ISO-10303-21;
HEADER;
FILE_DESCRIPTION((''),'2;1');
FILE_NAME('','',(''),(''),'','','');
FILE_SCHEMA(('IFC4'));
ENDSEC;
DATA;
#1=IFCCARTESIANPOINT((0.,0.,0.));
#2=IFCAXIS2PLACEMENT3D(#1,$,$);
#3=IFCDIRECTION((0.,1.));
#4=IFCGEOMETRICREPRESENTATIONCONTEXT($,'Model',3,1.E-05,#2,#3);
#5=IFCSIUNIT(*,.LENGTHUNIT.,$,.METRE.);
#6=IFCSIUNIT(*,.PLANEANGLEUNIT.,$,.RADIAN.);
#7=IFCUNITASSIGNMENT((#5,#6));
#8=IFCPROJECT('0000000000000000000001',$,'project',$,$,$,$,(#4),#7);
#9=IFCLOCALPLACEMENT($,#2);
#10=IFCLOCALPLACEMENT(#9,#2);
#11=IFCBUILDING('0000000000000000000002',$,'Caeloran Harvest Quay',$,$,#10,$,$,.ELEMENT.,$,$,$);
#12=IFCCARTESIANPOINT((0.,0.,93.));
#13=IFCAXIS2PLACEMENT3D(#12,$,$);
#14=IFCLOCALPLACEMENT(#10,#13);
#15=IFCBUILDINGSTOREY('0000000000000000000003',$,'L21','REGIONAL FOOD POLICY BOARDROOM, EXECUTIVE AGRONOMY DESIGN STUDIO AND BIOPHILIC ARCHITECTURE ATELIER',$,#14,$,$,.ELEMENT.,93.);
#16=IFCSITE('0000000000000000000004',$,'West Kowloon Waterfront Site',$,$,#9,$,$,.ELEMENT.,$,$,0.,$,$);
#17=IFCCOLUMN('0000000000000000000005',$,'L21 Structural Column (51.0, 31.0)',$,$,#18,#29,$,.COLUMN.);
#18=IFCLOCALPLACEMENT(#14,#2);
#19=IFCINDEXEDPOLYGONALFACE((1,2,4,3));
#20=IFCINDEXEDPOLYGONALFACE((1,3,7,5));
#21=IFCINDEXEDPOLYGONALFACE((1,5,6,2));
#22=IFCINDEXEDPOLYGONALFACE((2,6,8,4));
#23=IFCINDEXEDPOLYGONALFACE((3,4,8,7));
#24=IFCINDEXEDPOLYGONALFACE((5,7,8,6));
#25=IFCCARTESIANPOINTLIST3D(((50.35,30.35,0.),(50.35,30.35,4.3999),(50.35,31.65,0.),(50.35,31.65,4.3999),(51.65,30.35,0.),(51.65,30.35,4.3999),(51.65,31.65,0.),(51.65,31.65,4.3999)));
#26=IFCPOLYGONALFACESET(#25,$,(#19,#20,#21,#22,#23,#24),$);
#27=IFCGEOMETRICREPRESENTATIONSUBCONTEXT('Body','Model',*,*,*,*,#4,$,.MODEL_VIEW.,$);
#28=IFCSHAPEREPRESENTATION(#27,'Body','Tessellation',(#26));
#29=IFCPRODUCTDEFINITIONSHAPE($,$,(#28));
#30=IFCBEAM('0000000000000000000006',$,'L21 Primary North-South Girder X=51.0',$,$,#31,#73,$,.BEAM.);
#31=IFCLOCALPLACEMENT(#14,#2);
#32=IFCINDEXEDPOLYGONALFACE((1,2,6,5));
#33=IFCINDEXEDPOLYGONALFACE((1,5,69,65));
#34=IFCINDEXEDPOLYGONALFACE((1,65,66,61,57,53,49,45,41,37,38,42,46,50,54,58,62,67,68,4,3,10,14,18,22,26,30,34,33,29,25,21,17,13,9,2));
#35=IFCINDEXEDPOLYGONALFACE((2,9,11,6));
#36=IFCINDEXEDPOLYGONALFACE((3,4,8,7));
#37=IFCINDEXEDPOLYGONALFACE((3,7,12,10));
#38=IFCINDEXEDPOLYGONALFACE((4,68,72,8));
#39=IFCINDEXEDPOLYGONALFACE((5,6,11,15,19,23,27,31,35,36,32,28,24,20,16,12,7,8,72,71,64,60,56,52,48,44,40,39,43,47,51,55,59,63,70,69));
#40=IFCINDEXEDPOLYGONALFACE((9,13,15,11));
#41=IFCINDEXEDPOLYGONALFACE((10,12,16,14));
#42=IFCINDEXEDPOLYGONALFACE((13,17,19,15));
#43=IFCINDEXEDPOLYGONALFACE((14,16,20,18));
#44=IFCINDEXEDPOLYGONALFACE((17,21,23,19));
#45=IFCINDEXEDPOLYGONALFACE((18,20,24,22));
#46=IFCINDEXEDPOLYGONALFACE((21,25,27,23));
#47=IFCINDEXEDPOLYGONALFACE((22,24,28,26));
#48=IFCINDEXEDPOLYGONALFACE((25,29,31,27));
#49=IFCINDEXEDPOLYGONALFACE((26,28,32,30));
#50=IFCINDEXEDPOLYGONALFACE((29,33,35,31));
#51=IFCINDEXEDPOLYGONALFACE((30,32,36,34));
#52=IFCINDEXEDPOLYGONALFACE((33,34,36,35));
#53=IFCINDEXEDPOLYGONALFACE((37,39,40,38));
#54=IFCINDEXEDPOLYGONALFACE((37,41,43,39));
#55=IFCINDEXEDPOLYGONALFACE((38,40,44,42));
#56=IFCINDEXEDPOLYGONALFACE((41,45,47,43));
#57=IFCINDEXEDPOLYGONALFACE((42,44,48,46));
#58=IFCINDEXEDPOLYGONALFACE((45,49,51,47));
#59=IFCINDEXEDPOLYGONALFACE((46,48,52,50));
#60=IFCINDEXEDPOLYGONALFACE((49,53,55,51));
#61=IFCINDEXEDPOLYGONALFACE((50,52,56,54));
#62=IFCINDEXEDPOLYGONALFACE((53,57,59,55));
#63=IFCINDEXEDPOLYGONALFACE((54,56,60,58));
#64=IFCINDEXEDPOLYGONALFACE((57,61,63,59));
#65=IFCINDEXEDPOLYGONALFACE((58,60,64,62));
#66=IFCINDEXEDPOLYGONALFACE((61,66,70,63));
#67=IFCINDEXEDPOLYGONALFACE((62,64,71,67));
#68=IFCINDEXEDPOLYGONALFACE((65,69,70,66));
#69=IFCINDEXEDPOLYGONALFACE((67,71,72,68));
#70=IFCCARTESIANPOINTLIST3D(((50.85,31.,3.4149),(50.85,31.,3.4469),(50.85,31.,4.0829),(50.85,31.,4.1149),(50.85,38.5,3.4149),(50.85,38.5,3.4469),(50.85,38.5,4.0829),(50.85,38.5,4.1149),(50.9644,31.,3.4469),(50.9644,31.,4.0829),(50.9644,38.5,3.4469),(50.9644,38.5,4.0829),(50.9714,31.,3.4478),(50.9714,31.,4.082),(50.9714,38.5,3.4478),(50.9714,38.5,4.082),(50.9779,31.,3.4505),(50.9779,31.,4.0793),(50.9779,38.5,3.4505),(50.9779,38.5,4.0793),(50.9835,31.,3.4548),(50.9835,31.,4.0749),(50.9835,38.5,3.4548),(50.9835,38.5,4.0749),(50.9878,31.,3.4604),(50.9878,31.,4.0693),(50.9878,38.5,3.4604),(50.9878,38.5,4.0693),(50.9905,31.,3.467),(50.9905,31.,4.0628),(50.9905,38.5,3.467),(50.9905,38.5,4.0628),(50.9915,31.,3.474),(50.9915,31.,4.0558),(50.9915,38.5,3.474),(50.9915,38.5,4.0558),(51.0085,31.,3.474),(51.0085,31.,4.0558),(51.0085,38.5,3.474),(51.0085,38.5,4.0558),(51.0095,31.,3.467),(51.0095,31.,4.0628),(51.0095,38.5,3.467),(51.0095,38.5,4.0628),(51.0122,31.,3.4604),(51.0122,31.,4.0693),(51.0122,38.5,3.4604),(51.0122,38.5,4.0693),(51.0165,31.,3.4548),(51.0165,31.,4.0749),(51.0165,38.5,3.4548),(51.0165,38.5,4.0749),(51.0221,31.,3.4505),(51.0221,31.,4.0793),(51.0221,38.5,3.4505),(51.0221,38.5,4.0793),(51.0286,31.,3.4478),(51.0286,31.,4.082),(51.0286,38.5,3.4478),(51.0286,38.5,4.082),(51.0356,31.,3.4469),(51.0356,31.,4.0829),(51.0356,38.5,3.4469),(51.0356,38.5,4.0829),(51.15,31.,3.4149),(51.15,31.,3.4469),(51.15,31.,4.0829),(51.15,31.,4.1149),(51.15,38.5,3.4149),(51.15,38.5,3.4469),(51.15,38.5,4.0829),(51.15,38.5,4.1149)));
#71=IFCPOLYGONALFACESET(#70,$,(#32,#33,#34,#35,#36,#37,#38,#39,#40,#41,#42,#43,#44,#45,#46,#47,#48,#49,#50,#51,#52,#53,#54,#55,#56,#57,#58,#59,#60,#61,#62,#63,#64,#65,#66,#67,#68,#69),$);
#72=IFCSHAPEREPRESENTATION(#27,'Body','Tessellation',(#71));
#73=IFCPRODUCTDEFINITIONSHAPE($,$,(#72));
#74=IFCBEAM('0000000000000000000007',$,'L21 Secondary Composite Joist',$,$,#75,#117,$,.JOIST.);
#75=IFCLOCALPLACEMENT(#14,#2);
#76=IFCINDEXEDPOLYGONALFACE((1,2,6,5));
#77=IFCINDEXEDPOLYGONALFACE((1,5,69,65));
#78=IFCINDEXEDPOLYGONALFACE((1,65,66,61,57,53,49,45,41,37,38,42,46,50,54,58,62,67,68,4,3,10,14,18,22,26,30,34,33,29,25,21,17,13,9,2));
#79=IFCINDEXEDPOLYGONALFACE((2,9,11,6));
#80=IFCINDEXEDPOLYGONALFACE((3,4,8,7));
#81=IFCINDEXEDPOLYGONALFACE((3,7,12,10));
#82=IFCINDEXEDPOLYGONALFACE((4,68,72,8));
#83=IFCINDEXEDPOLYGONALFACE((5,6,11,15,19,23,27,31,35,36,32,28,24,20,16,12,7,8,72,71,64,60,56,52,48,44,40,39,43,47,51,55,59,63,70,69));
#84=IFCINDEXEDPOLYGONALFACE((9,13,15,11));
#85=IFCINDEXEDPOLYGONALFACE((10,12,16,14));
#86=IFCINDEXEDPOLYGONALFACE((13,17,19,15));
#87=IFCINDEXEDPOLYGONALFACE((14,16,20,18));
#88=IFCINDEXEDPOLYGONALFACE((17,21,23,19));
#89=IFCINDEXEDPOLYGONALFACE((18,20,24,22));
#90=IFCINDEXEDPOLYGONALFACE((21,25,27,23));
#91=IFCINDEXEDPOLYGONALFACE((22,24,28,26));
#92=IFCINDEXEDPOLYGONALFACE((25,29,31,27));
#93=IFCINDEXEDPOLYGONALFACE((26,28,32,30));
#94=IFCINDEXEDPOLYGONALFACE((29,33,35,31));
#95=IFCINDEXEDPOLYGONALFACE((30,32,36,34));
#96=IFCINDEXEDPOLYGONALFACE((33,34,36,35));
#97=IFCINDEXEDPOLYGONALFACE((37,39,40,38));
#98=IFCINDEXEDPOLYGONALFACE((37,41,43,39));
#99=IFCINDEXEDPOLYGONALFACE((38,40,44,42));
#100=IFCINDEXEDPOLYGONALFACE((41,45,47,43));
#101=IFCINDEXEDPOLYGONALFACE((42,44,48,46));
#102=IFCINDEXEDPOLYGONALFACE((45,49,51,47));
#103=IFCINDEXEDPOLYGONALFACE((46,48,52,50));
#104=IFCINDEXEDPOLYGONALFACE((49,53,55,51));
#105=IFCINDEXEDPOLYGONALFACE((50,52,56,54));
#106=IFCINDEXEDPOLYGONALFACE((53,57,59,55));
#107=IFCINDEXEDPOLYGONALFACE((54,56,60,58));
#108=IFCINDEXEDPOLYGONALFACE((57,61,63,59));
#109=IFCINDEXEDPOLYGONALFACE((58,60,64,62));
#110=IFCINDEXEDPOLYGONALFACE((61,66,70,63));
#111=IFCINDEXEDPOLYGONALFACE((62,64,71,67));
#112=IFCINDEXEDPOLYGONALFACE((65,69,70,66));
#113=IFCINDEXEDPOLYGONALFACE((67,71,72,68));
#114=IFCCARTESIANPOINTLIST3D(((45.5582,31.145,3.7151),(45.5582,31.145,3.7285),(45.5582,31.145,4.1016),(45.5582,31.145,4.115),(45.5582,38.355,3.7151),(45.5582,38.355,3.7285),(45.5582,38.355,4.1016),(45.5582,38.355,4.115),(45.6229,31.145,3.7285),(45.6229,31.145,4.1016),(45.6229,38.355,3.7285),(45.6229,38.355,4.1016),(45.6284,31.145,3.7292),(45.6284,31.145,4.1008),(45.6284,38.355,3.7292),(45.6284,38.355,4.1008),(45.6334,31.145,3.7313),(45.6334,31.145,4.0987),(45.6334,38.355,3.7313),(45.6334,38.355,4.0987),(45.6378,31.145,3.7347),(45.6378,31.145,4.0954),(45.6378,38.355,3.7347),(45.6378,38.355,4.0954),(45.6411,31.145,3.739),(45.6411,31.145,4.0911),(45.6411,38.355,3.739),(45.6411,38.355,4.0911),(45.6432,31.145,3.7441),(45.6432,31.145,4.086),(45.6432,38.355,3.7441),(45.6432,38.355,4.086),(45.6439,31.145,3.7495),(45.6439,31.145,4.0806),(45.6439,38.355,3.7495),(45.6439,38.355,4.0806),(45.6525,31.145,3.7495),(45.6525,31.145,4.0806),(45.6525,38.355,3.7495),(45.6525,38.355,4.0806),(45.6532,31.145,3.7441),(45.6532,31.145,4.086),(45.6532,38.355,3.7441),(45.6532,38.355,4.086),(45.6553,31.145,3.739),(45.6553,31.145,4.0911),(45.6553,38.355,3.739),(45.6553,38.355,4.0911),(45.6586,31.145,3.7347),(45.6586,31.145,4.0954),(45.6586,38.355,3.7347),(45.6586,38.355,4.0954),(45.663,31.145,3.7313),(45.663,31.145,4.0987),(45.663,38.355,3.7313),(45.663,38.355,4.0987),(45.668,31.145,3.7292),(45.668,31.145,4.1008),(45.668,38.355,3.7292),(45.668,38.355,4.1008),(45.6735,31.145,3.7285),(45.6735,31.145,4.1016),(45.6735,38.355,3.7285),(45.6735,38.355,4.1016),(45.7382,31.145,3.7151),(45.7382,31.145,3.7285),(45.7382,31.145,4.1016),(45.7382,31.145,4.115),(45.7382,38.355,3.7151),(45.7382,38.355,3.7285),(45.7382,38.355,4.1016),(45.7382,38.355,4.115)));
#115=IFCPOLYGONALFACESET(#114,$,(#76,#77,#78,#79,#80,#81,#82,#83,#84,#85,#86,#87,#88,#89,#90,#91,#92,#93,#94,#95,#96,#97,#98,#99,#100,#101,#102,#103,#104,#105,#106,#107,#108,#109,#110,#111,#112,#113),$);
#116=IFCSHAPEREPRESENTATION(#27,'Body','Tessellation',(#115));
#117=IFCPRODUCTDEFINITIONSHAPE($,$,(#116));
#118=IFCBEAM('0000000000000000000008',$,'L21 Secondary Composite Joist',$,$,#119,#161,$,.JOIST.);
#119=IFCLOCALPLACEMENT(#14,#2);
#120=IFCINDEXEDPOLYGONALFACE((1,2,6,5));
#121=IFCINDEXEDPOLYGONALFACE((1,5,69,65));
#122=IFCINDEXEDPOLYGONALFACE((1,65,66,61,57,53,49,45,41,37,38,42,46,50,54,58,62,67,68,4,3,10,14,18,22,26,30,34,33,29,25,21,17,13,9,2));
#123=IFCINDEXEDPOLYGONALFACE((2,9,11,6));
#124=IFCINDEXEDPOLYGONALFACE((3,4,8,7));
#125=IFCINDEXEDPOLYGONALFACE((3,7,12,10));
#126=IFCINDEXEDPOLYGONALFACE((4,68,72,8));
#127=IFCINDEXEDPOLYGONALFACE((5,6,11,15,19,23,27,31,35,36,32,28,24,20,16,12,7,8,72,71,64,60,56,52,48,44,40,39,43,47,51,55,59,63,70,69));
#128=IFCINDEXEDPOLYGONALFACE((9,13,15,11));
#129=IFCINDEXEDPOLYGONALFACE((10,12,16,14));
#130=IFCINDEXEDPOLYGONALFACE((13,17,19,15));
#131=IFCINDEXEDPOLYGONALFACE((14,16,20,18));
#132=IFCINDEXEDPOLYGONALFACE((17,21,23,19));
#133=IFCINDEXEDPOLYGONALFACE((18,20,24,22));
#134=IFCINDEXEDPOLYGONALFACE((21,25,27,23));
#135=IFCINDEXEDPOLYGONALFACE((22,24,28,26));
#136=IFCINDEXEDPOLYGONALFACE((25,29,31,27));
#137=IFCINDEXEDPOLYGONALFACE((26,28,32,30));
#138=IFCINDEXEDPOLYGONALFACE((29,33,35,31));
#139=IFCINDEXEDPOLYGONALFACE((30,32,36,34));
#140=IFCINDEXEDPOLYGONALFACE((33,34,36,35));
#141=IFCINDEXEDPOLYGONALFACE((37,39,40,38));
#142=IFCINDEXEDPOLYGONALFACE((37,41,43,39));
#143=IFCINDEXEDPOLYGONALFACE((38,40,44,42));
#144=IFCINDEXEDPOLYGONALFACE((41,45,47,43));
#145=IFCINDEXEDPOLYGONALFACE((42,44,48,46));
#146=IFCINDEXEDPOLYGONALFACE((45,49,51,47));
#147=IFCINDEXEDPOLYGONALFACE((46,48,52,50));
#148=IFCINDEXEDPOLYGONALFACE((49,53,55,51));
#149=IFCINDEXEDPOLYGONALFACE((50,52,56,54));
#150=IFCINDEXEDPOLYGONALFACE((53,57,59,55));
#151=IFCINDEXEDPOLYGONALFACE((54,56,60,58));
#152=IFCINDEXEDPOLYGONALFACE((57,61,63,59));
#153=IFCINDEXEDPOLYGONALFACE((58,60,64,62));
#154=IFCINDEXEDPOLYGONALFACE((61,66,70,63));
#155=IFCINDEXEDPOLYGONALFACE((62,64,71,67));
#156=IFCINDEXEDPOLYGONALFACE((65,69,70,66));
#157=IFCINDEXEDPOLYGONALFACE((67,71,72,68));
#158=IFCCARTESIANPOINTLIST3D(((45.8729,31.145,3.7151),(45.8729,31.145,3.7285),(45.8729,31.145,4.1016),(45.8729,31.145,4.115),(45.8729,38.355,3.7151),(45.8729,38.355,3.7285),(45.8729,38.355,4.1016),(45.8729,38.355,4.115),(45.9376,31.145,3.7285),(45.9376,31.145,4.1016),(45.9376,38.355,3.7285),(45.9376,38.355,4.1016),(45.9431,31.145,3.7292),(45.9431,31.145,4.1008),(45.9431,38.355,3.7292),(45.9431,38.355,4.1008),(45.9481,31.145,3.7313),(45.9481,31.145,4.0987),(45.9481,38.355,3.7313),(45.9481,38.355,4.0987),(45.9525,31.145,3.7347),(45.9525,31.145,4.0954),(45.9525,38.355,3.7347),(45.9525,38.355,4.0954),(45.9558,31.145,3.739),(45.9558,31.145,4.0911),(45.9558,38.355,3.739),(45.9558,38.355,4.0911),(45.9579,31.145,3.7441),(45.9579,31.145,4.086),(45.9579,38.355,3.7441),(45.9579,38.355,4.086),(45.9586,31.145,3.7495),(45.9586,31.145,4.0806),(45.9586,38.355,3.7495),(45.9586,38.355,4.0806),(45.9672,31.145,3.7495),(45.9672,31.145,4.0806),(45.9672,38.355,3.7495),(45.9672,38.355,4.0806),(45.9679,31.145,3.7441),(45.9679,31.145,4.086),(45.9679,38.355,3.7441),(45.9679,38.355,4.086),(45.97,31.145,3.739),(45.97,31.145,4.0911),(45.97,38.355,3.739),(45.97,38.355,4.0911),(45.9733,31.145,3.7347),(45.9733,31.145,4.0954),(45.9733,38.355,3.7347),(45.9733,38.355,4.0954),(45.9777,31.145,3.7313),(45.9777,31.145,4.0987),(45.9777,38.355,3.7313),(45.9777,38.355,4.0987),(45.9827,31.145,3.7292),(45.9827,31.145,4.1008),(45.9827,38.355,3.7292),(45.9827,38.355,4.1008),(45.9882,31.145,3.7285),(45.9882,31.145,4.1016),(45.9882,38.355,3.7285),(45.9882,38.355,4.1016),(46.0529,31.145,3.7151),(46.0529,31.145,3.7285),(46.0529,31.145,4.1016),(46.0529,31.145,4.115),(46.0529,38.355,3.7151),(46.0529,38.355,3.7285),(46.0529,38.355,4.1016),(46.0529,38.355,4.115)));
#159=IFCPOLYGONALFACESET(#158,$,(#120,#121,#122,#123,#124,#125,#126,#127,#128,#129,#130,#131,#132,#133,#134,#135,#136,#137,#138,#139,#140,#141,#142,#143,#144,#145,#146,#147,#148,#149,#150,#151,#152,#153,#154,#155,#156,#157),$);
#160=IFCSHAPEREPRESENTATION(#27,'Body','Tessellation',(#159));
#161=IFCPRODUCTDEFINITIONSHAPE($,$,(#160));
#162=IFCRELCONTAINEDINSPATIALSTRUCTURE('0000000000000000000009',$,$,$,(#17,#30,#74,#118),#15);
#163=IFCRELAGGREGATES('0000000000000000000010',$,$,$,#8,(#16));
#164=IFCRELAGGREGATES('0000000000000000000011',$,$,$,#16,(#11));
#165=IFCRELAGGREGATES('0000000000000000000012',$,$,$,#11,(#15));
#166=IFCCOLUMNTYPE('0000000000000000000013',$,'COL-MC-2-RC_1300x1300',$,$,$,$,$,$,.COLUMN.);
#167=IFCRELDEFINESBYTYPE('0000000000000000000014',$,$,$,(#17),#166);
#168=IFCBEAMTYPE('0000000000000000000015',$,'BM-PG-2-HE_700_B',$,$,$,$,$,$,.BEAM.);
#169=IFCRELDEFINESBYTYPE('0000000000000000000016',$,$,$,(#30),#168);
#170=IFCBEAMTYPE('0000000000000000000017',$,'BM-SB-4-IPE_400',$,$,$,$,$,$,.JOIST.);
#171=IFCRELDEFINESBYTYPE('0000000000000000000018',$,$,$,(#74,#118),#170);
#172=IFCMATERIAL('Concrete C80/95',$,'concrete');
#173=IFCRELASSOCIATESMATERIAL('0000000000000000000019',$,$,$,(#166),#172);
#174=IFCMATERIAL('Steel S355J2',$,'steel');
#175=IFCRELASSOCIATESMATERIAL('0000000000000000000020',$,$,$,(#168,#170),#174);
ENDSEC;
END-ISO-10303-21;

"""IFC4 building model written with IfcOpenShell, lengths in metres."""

from ifc_helpers import new_model, si_unit, direction, frame, origin, origin_2d, place, context, subcontext, project, spatial, rectangle, i_section, extrude, material, material_profile, profile_set, type_object, element, save


model = new_model("IFC4")

# Units and contexts
model_context = context("Model", 3, precision=1e-05, world=origin(), true_north=direction((0.0, 1.0)))
body_context = subcontext(model_context, "Body", "Model", "MODEL_VIEW")
ifc_project = project(units=[si_unit("LENGTHUNIT", "METRE"), si_unit("PLANEANGLEUNIT", "RADIAN")], contexts=[model_context])

# Site, building, storey
site_placement = place(None, origin())
site = spatial("IfcSite", under=ifc_project, at=site_placement, Name="West Kowloon Waterfront Site", CompositionType="ELEMENT", RefElevation=0.0)
building_placement = place(site_placement, origin())
building = spatial("IfcBuilding", under=site, at=building_placement, Name="Caeloran Harvest Quay", CompositionType="ELEMENT")
storey_placement = place(building_placement, frame((0.0, 0.0, 93.0)))
storey = spatial("IfcBuildingStorey", under=building, at=storey_placement, Name="L21", Description="REGIONAL FOOD POLICY BOARDROOM, EXECUTIVE AGRONOMY DESIGN STUDIO AND BIOPHILIC ARCHITECTURE ATELIER", CompositionType="ELEMENT", Elevation=93.0)

# Column
ifc_material_1 = material(Name="Concrete C80/95", Category="concrete")
ifc_material_profile_1 = material_profile(ifc_material_1, rectangle(XDim=1.3, YDim=1.3, at=origin_2d()), Name="RC 1300x1300")
ifc_profile_set_1 = profile_set([ifc_material_profile_1], Name="Concrete C80/95")
column_type = type_object("IfcColumnType", Name="COL-MC-2-RC_1300x1300", PredefinedType="COLUMN", material=ifc_profile_set_1)
column_placement = place(storey_placement, frame((51.0, 31.0, 0.0), z_axis=(0.0, 0.0, 1.0), x_axis=(1.0, 0.0, 0.0)))
element("IfcColumn", 1, at=column_placement, inside=storey, type_object=column_type, Name="L21 Structural Column (51.0, 31.0)", PredefinedType="COLUMN", context=body_context, shape_type="SweptSolid", body=[
    extrude(rectangle(XDim=1.3, YDim=1.3, at=origin_2d()), origin(), (0.0, 0.0, 1.0), 4.3999),
])

# Beams
ifc_material_2 = material(Name="Steel S355J2", Category="steel")
ifc_material_profile_2 = material_profile(ifc_material_2, i_section(OverallWidth=0.3, OverallDepth=0.7, WebThickness=0.0171, FlangeThickness=0.032, FilletRadius=0.0271, at=origin_2d()), Name="HE 700 B")
ifc_profile_set_2 = profile_set([ifc_material_profile_2], Name="Steel S355J2")
beam_type_1 = type_object("IfcBeamType", Name="BM-PG-2-HE_700_B", PredefinedType="BEAM", material=ifc_profile_set_2)
beam_placement = place(storey_placement, frame((51.0, 31.0, 3.7649), z_axis=(0.0, 1.0, 0.0), x_axis=(-1.0, 0.0, 0.0)))
element("IfcBeam", 2, at=beam_placement, inside=storey, type_object=beam_type_1, Name="L21 Primary North-South Girder X=51.0", PredefinedType="BEAM", context=body_context, shape_type="SweptSolid", body=[
    extrude(i_section(OverallWidth=0.3, OverallDepth=0.7, WebThickness=0.0171, FlangeThickness=0.032, FilletRadius=0.0271, at=origin_2d()), origin(), (0.0, 0.0, 1.0), 7.5),
])
ifc_material_profile_3 = material_profile(ifc_material_2, i_section(OverallWidth=0.1799, OverallDepth=0.3999, WebThickness=0.0085, FlangeThickness=0.0134, FilletRadius=0.021, at=origin_2d()), Name="IPE 400")
ifc_profile_set_3 = profile_set([ifc_material_profile_3], Name="Steel S355J2")
beam_type_2 = type_object("IfcBeamType", Name="BM-SB-4-IPE_400", PredefinedType="JOIST", material=ifc_profile_set_3)
for number, where, z_axis, x_axis, name in (
    (3, (45.6482, 31.145, 3.915), (0.0, 1.0, 0.0), (-1.0, 0.0, 0.0), "L21 Secondary Composite Joist"),
    (4, (45.9629, 31.145, 3.915), (0.0, 1.0, 0.0), (-1.0, 0.0, 0.0), "L21 Secondary Composite Joist"),
):
    element("IfcBeam", number, at=place(storey_placement, frame(where, z_axis=z_axis, x_axis=x_axis)), inside=storey, type_object=beam_type_2, Name=name, PredefinedType="JOIST", context=body_context, shape_type="SweptSolid", body=[
        extrude(i_section(OverallWidth=0.1799, OverallDepth=0.3999, WebThickness=0.0085, FlangeThickness=0.0134, FilletRadius=0.021, at=origin_2d()), origin(), (0.0, 0.0, 1.0), 7.21),
    ])

save(model, "model.ifc")
